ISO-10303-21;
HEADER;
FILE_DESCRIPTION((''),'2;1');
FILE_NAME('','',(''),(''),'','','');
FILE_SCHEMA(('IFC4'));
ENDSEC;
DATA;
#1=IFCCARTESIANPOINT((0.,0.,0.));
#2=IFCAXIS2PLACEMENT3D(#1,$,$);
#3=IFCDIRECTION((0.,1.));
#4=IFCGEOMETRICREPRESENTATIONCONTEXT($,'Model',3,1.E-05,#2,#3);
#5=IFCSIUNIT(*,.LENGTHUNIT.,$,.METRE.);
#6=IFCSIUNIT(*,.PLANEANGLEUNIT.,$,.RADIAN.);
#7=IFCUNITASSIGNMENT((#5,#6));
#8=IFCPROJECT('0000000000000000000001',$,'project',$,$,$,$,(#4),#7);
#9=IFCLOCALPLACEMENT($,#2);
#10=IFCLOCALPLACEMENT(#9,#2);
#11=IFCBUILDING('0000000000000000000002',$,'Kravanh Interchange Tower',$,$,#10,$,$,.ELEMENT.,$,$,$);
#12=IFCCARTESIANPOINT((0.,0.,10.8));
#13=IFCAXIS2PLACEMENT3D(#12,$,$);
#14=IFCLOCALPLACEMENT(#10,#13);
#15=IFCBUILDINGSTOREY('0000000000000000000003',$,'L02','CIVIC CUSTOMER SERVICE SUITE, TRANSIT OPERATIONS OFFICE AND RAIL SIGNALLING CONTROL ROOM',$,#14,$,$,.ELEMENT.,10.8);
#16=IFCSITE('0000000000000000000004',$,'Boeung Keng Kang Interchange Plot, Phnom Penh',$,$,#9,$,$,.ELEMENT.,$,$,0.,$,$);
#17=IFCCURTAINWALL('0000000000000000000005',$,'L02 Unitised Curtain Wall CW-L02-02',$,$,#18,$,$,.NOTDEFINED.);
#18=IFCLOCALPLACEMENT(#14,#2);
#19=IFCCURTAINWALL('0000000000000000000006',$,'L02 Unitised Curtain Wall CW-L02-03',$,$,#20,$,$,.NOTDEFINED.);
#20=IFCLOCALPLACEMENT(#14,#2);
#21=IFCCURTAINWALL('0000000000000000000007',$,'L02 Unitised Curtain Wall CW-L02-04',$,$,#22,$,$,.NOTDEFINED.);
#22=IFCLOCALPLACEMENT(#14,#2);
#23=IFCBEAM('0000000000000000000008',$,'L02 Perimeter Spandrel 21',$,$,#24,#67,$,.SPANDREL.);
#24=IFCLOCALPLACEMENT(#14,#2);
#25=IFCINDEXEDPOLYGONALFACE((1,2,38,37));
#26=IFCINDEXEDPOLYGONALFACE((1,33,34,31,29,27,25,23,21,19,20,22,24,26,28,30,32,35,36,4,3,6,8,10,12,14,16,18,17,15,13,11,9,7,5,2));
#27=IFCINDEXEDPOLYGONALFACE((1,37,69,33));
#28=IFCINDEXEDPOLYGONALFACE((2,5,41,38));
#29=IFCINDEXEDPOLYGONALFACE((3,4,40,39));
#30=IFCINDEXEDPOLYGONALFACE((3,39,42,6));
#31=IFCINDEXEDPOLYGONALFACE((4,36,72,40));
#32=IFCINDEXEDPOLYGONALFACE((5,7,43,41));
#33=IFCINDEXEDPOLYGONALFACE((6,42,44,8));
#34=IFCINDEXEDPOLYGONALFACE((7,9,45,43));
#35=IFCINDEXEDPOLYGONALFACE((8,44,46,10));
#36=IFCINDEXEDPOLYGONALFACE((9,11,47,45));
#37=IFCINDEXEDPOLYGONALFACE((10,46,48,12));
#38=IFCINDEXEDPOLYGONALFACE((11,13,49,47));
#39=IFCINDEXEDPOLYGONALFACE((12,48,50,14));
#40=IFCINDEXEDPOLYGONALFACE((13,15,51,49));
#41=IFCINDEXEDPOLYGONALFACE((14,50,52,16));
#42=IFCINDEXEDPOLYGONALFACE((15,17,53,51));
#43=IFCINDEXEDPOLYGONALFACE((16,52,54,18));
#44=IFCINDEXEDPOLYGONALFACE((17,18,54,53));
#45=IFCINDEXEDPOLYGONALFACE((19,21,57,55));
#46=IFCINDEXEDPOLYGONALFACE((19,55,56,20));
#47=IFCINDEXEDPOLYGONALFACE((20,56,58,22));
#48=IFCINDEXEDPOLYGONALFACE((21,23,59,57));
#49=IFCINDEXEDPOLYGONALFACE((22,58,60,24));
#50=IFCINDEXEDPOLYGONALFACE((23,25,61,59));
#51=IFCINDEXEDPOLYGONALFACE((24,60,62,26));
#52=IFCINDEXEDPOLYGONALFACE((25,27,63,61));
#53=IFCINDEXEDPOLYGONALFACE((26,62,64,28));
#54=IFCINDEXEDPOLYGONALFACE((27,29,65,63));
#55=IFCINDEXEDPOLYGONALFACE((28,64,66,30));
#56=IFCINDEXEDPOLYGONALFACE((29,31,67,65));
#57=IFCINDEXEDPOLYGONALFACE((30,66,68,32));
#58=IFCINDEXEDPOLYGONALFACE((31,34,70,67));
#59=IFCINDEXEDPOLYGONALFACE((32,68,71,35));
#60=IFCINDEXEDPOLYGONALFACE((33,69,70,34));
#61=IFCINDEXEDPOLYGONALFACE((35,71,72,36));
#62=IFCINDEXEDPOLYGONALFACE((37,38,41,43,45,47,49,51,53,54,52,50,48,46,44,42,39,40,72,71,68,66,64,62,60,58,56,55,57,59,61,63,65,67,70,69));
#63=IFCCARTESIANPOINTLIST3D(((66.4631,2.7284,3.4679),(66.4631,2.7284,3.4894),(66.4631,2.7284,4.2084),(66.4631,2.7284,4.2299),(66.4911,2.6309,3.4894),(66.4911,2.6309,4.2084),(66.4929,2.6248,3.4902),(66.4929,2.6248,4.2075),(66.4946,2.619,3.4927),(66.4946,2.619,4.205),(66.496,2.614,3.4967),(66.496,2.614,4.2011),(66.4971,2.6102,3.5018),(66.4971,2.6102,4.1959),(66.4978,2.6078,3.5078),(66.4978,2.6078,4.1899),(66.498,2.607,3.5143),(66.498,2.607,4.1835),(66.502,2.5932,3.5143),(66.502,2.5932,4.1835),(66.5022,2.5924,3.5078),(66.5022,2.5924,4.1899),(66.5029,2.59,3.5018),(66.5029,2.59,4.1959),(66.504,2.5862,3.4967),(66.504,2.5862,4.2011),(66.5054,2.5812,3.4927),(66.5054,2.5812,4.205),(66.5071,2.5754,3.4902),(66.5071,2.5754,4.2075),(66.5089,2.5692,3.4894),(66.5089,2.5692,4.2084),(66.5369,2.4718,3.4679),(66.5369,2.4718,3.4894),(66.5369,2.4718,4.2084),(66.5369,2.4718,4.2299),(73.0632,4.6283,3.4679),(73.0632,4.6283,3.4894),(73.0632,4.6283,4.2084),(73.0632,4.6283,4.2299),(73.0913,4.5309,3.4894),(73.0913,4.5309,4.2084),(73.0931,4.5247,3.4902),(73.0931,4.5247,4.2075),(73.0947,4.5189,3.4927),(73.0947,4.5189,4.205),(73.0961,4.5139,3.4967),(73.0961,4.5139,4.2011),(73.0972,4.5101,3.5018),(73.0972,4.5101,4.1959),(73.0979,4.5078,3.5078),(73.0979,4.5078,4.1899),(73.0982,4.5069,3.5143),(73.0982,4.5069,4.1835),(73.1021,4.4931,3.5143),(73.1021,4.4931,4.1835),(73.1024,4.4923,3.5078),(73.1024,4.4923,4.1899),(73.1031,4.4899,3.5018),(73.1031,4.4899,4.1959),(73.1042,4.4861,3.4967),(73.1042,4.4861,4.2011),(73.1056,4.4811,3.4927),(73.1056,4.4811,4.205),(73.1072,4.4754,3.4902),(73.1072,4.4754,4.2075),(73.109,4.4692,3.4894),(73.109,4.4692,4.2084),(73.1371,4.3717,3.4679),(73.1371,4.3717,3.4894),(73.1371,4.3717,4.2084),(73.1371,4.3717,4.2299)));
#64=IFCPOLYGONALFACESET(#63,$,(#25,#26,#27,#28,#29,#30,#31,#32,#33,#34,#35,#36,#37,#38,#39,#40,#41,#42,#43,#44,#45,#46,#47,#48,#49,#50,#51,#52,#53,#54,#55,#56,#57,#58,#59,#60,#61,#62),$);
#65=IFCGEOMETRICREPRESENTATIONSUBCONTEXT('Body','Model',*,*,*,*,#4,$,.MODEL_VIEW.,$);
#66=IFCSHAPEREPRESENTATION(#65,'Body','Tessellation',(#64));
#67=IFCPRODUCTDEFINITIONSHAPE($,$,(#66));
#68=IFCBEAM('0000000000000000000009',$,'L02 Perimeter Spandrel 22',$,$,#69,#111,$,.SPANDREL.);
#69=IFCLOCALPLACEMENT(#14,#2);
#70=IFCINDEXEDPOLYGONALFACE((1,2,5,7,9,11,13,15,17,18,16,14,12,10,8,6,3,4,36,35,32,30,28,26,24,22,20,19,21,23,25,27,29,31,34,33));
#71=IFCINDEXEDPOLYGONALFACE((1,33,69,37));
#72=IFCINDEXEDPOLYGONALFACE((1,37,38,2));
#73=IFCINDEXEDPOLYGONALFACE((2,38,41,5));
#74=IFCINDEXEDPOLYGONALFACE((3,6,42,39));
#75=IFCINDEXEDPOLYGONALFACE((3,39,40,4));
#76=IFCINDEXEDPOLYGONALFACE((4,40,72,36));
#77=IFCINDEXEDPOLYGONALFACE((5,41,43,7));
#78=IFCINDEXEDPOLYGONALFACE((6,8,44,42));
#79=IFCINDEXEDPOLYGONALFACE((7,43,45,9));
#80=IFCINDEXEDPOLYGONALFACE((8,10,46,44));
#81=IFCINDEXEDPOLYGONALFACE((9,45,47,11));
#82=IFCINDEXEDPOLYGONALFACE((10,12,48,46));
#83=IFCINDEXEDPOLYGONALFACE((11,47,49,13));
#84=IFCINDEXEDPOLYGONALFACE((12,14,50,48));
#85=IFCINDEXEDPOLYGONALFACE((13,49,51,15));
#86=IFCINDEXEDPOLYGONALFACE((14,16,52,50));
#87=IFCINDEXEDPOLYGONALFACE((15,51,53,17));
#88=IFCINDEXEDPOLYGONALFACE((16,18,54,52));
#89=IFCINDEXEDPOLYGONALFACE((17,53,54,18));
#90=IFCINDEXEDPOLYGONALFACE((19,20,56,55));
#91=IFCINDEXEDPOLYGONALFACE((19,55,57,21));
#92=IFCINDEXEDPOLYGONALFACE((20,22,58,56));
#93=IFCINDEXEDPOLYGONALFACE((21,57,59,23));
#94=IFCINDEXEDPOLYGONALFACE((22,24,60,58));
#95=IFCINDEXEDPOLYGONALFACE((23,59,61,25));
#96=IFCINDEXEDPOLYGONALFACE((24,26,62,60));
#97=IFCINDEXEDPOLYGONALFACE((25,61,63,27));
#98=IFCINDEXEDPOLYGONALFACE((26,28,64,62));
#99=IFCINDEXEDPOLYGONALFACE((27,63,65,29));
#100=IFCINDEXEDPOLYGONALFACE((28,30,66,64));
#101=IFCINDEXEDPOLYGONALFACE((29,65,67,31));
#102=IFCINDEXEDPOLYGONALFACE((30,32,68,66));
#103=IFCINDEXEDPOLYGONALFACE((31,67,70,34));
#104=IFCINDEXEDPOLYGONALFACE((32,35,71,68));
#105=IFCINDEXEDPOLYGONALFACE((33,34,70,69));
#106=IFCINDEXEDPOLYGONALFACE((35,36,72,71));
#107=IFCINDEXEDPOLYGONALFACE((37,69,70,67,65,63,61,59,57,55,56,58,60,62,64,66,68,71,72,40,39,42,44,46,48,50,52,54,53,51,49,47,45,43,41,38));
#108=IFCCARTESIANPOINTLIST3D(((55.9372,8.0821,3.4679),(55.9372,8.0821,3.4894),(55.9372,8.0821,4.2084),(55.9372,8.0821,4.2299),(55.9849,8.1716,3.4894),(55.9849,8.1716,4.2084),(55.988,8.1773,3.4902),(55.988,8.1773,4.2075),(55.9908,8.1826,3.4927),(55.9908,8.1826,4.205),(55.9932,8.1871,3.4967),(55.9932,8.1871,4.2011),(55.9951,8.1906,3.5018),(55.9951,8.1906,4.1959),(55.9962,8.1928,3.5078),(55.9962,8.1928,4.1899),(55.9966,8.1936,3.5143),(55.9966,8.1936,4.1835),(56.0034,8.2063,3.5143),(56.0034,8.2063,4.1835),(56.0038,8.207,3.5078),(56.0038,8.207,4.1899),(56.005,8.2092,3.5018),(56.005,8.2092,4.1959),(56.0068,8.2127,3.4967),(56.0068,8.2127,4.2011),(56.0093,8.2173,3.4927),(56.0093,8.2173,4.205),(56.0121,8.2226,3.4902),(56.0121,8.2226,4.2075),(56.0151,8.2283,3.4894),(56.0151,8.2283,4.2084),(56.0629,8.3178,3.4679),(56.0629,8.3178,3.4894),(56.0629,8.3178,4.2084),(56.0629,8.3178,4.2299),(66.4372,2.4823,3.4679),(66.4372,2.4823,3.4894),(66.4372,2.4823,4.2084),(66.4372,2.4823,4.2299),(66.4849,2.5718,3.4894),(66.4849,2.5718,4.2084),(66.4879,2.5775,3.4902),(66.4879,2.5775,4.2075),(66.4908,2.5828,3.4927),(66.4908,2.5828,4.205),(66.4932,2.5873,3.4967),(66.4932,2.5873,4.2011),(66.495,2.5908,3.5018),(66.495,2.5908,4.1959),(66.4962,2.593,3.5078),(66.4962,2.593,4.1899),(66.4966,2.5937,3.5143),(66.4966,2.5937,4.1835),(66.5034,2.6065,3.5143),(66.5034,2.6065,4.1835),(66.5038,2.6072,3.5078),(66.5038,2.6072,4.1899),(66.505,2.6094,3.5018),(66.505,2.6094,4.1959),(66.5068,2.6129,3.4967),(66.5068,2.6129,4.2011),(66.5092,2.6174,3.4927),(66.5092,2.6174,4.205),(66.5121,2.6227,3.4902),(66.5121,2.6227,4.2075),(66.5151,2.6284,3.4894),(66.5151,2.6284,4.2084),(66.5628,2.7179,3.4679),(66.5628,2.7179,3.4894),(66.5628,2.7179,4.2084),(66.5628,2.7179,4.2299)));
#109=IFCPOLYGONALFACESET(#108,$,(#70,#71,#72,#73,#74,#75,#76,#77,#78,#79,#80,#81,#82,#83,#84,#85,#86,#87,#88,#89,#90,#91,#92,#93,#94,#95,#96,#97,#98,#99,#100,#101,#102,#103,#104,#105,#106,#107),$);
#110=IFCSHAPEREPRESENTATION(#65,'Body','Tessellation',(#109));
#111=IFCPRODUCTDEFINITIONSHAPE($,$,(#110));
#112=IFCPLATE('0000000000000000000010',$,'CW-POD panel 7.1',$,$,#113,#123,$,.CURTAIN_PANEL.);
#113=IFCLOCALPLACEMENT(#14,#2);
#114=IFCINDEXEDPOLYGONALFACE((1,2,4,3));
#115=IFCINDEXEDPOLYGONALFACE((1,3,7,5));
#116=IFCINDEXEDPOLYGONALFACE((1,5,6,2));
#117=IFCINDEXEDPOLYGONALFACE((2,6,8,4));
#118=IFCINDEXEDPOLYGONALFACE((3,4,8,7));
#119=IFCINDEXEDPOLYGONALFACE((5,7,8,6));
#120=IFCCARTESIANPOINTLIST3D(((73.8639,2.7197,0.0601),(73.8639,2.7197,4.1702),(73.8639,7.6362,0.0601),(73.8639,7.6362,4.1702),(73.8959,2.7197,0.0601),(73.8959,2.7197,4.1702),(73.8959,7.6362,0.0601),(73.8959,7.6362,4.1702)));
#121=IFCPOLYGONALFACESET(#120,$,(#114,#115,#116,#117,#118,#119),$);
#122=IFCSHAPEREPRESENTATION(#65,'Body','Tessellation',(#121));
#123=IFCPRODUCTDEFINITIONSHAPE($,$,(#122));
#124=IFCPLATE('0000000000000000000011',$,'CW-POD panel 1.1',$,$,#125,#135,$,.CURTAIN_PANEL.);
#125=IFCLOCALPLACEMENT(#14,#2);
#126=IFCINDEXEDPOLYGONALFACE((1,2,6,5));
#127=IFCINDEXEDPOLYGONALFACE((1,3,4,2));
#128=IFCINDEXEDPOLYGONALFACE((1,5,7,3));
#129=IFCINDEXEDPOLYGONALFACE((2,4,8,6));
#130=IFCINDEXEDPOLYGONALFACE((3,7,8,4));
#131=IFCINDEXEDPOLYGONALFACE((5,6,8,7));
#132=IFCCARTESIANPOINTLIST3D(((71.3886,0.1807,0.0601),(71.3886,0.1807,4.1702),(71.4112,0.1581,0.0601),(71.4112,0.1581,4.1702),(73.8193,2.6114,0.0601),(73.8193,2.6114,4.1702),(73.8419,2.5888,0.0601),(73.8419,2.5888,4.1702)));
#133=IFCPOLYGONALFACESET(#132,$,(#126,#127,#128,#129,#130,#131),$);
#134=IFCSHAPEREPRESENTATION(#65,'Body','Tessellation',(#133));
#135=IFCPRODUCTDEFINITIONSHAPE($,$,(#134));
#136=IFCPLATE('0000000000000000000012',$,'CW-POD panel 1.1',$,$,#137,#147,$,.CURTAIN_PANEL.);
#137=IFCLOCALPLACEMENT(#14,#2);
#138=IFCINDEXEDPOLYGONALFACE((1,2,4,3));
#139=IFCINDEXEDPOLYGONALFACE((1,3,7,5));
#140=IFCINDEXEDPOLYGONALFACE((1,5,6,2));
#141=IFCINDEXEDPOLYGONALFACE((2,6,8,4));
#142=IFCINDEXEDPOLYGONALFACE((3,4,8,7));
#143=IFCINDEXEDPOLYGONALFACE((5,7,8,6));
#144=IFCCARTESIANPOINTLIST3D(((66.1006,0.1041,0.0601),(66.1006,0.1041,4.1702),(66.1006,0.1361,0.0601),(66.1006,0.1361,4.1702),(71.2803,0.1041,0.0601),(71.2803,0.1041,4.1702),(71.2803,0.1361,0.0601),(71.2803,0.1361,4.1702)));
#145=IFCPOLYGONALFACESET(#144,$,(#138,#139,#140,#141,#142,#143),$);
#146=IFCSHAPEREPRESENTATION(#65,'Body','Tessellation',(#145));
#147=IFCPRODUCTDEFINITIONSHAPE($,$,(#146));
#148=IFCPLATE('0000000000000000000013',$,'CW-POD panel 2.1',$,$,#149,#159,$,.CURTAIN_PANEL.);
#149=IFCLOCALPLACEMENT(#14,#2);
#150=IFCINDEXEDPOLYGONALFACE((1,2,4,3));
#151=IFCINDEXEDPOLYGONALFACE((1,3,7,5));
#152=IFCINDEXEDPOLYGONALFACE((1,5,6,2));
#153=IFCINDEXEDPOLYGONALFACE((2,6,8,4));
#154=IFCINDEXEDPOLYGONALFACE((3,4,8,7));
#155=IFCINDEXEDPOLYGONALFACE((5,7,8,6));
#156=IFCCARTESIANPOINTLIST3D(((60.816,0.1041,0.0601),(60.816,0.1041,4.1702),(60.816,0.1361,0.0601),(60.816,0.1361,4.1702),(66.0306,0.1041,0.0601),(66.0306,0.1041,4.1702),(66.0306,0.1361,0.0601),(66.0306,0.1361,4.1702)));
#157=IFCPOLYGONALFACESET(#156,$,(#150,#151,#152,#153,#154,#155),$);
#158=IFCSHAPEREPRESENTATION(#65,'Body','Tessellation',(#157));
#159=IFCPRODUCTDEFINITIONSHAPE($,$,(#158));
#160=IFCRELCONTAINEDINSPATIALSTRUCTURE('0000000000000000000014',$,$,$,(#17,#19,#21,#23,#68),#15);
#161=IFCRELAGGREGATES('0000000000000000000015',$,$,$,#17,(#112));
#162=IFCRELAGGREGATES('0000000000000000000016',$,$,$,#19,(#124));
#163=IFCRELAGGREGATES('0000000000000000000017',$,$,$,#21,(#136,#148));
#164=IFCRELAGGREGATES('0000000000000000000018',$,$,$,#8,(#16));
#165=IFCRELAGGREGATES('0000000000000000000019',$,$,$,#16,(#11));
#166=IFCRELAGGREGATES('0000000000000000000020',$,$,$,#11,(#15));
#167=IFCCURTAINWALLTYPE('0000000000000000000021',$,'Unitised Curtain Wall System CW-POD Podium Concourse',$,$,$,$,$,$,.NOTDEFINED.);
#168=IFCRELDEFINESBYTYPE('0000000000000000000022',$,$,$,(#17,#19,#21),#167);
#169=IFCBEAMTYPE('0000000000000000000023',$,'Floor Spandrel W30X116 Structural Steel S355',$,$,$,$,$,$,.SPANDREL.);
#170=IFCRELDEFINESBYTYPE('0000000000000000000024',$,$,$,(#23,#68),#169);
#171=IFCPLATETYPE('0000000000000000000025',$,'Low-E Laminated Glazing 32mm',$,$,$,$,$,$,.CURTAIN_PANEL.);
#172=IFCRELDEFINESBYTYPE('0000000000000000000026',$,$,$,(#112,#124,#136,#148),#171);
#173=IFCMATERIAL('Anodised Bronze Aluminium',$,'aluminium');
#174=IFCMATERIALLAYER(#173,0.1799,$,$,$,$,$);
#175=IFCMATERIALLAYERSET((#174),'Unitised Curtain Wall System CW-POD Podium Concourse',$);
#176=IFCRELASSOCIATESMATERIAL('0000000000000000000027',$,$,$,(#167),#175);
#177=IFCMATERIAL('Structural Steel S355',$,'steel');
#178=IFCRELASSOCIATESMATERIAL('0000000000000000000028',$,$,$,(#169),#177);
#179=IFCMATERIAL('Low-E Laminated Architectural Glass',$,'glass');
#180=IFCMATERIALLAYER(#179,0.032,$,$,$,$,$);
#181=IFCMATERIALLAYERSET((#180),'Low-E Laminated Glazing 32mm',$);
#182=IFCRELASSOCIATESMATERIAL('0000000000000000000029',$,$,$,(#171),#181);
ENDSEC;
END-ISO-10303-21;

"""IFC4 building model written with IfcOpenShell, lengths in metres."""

from ifc_helpers import new_model, si_unit, direction, frame, origin, origin_2d, place, context, subcontext, project, spatial, rectangle, i_section, extrude, material, layer, layer_set, material_profile, profile_set, type_object, element, aggregate, save


model = new_model("IFC4")

# Units and contexts
model_context = context("Model", 3, precision=1e-05, world=origin(), true_north=direction((0.0, 1.0)))
body_context = subcontext(model_context, "Body", "Model", "MODEL_VIEW")
ifc_project = project(units=[si_unit("LENGTHUNIT", "METRE"), si_unit("PLANEANGLEUNIT", "RADIAN")], contexts=[model_context])

# Site, building, storey
site_placement = place(None, origin())
site = spatial("IfcSite", under=ifc_project, at=site_placement, Name="Boeung Keng Kang Interchange Plot, Phnom Penh", CompositionType="ELEMENT", RefElevation=0.0)
building_placement = place(site_placement, origin())
building = spatial("IfcBuilding", under=site, at=building_placement, Name="Kravanh Interchange Tower", CompositionType="ELEMENT")
storey_placement = place(building_placement, frame((0.0, 0.0, 10.8)))
storey = spatial("IfcBuildingStorey", under=building, at=storey_placement, Name="L02", Description="CIVIC CUSTOMER SERVICE SUITE, TRANSIT OPERATIONS OFFICE AND RAIL SIGNALLING CONTROL ROOM", CompositionType="ELEMENT", Elevation=10.8)

# Curtain wall
ifc_material_1 = material(Name="Anodised Bronze Aluminium", Category="aluminium")
ifc_layer_1 = layer(ifc_material_1, 0.1799)
ifc_layer_set_1 = layer_set([ifc_layer_1], Name="Unitised Curtain Wall System CW-POD Podium Concourse")
curtain_wall_type = type_object("IfcCurtainWallType", Name="Unitised Curtain Wall System CW-POD Podium Concourse", PredefinedType="NOTDEFINED", material=ifc_layer_set_1)
curtain_wall_1_placement = place(storey_placement, origin())
curtain_wall_1 = element("IfcCurtainWall", 1, at=curtain_wall_1_placement, inside=storey, type_object=curtain_wall_type, Name="L02 Unitised Curtain Wall CW-L02-02", PredefinedType="NOTDEFINED")

# Curtain walls
curtain_wall_2_placement = place(storey_placement, origin())
curtain_wall_2 = element("IfcCurtainWall", 2, at=curtain_wall_2_placement, inside=storey, type_object=curtain_wall_type, Name="L02 Unitised Curtain Wall CW-L02-03", PredefinedType="NOTDEFINED")
curtain_wall_3_placement = place(storey_placement, origin())
curtain_wall_3 = element("IfcCurtainWall", 3, at=curtain_wall_3_placement, inside=storey, type_object=curtain_wall_type, Name="L02 Unitised Curtain Wall CW-L02-04", PredefinedType="NOTDEFINED")

# Beams
ifc_material_2 = material(Name="Structural Steel S355", Category="steel")
ifc_material_profile_1 = material_profile(ifc_material_2, i_section(OverallWidth=0.2671, OverallDepth=0.762, WebThickness=0.0144, FlangeThickness=0.0215, FilletRadius=0.0249, at=origin_2d()), Name="W30X116")
ifc_profile_set_1 = profile_set([ifc_material_profile_1], Name="Structural Steel S355")
beam_type_1 = type_object("IfcBeamType", Name="Floor Spandrel W30X116 Structural Steel S355", PredefinedType="SPANDREL", material=ifc_profile_set_1)
beam_1_placement = place(storey_placement, frame((66.5, 2.6001, 3.8489), z_axis=(0.960977, 0.276627, 0.0), x_axis=(-0.276627, 0.960977, 0.0)))
element("IfcBeam", 4, at=beam_1_placement, inside=storey, type_object=beam_type_1, Name="L02 Perimeter Spandrel 21", PredefinedType="SPANDREL", context=body_context, shape_type="SweptSolid", body=[
    extrude(i_section(OverallWidth=0.2671, OverallDepth=0.762, WebThickness=0.0144, FlangeThickness=0.0215, FilletRadius=0.0249, at=origin_2d()), origin(), (0.0, 0.0, 1.0), 6.8682),
])
beam_2_placement = place(storey_placement, frame((66.5, 2.6001, 3.8489), z_axis=(-0.882358, 0.470579, 0.0), x_axis=(-0.470579, -0.882358, 0.0)))
element("IfcBeam", 5, at=beam_2_placement, inside=storey, type_object=beam_type_1, Name="L02 Perimeter Spandrel 22", PredefinedType="SPANDREL", context=body_context, shape_type="SweptSolid", body=[
    extrude(i_section(OverallWidth=0.2671, OverallDepth=0.762, WebThickness=0.0144, FlangeThickness=0.0215, FilletRadius=0.0249, at=origin_2d()), origin(), (0.0, 0.0, 1.0), 11.8999),
])

# Plates
ifc_material_3 = material(Name="Low-E Laminated Architectural Glass", Category="glass")
ifc_layer_2 = layer(ifc_material_3, 0.032)
ifc_layer_set_2 = layer_set([ifc_layer_2], Name="Low-E Laminated Glazing 32mm")
plate_type = type_object("IfcPlateType", Name="Low-E Laminated Glazing 32mm", PredefinedType="CURTAIN_PANEL", material=ifc_layer_set_2)
plate_1_placement = place(storey_placement, frame((73.8799, 5.178, 0.0601), z_axis=(0.0, 0.0, 1.0), x_axis=(0.0, -1.0, 0.0)))
plate_1 = element("IfcPlate", 6, at=plate_1_placement, type_object=plate_type, Name="CW-POD panel 7.1", PredefinedType="CURTAIN_PANEL", context=body_context, shape_type="SweptSolid", body=[
    extrude(rectangle(XDim=4.9165, YDim=0.032, at=origin_2d()), origin(), (0.0, 0.0, 1.0), 4.1101),
])
aggregate(curtain_wall_1, [plate_1])
plate_2_placement = place(storey_placement, frame((72.6152, 1.3848, 0.0601), z_axis=(0.0, 0.0, 1.0), x_axis=(-0.707107, -0.707107, 0.0)))
plate_2 = element("IfcPlate", 7, at=plate_2_placement, type_object=plate_type, Name="CW-POD panel 1.1", PredefinedType="CURTAIN_PANEL", context=body_context, shape_type="SweptSolid", body=[
    extrude(rectangle(XDim=3.4375, YDim=0.032, at=origin_2d()), origin(), (0.0, 0.0, 1.0), 4.1101),
])
aggregate(curtain_wall_2, [plate_2])
plate_3_placement = place(storey_placement, frame((68.6904, 0.1201, 0.0601), z_axis=(0.0, 0.0, 1.0), x_axis=(-1.0, 0.0, 0.0)))
plate_3 = element("IfcPlate", 8, at=plate_3_placement, type_object=plate_type, Name="CW-POD panel 1.1", PredefinedType="CURTAIN_PANEL", context=body_context, shape_type="SweptSolid", body=[
    extrude(rectangle(XDim=5.1797, YDim=0.032, at=origin_2d()), origin(), (0.0, 0.0, 1.0), 4.1101),
])
plate_4_placement = place(storey_placement, frame((63.4233, 0.1201, 0.0601), z_axis=(0.0, 0.0, 1.0), x_axis=(-1.0, 0.0, 0.0)))
plate_4 = element("IfcPlate", 9, at=plate_4_placement, type_object=plate_type, Name="CW-POD panel 2.1", PredefinedType="CURTAIN_PANEL", context=body_context, shape_type="SweptSolid", body=[
    extrude(rectangle(XDim=5.2146, YDim=0.032, at=origin_2d()), origin(), (0.0, 0.0, 1.0), 4.1101),
])
aggregate(curtain_wall_3, [plate_3, plate_4])

save(model, "model.ifc")
